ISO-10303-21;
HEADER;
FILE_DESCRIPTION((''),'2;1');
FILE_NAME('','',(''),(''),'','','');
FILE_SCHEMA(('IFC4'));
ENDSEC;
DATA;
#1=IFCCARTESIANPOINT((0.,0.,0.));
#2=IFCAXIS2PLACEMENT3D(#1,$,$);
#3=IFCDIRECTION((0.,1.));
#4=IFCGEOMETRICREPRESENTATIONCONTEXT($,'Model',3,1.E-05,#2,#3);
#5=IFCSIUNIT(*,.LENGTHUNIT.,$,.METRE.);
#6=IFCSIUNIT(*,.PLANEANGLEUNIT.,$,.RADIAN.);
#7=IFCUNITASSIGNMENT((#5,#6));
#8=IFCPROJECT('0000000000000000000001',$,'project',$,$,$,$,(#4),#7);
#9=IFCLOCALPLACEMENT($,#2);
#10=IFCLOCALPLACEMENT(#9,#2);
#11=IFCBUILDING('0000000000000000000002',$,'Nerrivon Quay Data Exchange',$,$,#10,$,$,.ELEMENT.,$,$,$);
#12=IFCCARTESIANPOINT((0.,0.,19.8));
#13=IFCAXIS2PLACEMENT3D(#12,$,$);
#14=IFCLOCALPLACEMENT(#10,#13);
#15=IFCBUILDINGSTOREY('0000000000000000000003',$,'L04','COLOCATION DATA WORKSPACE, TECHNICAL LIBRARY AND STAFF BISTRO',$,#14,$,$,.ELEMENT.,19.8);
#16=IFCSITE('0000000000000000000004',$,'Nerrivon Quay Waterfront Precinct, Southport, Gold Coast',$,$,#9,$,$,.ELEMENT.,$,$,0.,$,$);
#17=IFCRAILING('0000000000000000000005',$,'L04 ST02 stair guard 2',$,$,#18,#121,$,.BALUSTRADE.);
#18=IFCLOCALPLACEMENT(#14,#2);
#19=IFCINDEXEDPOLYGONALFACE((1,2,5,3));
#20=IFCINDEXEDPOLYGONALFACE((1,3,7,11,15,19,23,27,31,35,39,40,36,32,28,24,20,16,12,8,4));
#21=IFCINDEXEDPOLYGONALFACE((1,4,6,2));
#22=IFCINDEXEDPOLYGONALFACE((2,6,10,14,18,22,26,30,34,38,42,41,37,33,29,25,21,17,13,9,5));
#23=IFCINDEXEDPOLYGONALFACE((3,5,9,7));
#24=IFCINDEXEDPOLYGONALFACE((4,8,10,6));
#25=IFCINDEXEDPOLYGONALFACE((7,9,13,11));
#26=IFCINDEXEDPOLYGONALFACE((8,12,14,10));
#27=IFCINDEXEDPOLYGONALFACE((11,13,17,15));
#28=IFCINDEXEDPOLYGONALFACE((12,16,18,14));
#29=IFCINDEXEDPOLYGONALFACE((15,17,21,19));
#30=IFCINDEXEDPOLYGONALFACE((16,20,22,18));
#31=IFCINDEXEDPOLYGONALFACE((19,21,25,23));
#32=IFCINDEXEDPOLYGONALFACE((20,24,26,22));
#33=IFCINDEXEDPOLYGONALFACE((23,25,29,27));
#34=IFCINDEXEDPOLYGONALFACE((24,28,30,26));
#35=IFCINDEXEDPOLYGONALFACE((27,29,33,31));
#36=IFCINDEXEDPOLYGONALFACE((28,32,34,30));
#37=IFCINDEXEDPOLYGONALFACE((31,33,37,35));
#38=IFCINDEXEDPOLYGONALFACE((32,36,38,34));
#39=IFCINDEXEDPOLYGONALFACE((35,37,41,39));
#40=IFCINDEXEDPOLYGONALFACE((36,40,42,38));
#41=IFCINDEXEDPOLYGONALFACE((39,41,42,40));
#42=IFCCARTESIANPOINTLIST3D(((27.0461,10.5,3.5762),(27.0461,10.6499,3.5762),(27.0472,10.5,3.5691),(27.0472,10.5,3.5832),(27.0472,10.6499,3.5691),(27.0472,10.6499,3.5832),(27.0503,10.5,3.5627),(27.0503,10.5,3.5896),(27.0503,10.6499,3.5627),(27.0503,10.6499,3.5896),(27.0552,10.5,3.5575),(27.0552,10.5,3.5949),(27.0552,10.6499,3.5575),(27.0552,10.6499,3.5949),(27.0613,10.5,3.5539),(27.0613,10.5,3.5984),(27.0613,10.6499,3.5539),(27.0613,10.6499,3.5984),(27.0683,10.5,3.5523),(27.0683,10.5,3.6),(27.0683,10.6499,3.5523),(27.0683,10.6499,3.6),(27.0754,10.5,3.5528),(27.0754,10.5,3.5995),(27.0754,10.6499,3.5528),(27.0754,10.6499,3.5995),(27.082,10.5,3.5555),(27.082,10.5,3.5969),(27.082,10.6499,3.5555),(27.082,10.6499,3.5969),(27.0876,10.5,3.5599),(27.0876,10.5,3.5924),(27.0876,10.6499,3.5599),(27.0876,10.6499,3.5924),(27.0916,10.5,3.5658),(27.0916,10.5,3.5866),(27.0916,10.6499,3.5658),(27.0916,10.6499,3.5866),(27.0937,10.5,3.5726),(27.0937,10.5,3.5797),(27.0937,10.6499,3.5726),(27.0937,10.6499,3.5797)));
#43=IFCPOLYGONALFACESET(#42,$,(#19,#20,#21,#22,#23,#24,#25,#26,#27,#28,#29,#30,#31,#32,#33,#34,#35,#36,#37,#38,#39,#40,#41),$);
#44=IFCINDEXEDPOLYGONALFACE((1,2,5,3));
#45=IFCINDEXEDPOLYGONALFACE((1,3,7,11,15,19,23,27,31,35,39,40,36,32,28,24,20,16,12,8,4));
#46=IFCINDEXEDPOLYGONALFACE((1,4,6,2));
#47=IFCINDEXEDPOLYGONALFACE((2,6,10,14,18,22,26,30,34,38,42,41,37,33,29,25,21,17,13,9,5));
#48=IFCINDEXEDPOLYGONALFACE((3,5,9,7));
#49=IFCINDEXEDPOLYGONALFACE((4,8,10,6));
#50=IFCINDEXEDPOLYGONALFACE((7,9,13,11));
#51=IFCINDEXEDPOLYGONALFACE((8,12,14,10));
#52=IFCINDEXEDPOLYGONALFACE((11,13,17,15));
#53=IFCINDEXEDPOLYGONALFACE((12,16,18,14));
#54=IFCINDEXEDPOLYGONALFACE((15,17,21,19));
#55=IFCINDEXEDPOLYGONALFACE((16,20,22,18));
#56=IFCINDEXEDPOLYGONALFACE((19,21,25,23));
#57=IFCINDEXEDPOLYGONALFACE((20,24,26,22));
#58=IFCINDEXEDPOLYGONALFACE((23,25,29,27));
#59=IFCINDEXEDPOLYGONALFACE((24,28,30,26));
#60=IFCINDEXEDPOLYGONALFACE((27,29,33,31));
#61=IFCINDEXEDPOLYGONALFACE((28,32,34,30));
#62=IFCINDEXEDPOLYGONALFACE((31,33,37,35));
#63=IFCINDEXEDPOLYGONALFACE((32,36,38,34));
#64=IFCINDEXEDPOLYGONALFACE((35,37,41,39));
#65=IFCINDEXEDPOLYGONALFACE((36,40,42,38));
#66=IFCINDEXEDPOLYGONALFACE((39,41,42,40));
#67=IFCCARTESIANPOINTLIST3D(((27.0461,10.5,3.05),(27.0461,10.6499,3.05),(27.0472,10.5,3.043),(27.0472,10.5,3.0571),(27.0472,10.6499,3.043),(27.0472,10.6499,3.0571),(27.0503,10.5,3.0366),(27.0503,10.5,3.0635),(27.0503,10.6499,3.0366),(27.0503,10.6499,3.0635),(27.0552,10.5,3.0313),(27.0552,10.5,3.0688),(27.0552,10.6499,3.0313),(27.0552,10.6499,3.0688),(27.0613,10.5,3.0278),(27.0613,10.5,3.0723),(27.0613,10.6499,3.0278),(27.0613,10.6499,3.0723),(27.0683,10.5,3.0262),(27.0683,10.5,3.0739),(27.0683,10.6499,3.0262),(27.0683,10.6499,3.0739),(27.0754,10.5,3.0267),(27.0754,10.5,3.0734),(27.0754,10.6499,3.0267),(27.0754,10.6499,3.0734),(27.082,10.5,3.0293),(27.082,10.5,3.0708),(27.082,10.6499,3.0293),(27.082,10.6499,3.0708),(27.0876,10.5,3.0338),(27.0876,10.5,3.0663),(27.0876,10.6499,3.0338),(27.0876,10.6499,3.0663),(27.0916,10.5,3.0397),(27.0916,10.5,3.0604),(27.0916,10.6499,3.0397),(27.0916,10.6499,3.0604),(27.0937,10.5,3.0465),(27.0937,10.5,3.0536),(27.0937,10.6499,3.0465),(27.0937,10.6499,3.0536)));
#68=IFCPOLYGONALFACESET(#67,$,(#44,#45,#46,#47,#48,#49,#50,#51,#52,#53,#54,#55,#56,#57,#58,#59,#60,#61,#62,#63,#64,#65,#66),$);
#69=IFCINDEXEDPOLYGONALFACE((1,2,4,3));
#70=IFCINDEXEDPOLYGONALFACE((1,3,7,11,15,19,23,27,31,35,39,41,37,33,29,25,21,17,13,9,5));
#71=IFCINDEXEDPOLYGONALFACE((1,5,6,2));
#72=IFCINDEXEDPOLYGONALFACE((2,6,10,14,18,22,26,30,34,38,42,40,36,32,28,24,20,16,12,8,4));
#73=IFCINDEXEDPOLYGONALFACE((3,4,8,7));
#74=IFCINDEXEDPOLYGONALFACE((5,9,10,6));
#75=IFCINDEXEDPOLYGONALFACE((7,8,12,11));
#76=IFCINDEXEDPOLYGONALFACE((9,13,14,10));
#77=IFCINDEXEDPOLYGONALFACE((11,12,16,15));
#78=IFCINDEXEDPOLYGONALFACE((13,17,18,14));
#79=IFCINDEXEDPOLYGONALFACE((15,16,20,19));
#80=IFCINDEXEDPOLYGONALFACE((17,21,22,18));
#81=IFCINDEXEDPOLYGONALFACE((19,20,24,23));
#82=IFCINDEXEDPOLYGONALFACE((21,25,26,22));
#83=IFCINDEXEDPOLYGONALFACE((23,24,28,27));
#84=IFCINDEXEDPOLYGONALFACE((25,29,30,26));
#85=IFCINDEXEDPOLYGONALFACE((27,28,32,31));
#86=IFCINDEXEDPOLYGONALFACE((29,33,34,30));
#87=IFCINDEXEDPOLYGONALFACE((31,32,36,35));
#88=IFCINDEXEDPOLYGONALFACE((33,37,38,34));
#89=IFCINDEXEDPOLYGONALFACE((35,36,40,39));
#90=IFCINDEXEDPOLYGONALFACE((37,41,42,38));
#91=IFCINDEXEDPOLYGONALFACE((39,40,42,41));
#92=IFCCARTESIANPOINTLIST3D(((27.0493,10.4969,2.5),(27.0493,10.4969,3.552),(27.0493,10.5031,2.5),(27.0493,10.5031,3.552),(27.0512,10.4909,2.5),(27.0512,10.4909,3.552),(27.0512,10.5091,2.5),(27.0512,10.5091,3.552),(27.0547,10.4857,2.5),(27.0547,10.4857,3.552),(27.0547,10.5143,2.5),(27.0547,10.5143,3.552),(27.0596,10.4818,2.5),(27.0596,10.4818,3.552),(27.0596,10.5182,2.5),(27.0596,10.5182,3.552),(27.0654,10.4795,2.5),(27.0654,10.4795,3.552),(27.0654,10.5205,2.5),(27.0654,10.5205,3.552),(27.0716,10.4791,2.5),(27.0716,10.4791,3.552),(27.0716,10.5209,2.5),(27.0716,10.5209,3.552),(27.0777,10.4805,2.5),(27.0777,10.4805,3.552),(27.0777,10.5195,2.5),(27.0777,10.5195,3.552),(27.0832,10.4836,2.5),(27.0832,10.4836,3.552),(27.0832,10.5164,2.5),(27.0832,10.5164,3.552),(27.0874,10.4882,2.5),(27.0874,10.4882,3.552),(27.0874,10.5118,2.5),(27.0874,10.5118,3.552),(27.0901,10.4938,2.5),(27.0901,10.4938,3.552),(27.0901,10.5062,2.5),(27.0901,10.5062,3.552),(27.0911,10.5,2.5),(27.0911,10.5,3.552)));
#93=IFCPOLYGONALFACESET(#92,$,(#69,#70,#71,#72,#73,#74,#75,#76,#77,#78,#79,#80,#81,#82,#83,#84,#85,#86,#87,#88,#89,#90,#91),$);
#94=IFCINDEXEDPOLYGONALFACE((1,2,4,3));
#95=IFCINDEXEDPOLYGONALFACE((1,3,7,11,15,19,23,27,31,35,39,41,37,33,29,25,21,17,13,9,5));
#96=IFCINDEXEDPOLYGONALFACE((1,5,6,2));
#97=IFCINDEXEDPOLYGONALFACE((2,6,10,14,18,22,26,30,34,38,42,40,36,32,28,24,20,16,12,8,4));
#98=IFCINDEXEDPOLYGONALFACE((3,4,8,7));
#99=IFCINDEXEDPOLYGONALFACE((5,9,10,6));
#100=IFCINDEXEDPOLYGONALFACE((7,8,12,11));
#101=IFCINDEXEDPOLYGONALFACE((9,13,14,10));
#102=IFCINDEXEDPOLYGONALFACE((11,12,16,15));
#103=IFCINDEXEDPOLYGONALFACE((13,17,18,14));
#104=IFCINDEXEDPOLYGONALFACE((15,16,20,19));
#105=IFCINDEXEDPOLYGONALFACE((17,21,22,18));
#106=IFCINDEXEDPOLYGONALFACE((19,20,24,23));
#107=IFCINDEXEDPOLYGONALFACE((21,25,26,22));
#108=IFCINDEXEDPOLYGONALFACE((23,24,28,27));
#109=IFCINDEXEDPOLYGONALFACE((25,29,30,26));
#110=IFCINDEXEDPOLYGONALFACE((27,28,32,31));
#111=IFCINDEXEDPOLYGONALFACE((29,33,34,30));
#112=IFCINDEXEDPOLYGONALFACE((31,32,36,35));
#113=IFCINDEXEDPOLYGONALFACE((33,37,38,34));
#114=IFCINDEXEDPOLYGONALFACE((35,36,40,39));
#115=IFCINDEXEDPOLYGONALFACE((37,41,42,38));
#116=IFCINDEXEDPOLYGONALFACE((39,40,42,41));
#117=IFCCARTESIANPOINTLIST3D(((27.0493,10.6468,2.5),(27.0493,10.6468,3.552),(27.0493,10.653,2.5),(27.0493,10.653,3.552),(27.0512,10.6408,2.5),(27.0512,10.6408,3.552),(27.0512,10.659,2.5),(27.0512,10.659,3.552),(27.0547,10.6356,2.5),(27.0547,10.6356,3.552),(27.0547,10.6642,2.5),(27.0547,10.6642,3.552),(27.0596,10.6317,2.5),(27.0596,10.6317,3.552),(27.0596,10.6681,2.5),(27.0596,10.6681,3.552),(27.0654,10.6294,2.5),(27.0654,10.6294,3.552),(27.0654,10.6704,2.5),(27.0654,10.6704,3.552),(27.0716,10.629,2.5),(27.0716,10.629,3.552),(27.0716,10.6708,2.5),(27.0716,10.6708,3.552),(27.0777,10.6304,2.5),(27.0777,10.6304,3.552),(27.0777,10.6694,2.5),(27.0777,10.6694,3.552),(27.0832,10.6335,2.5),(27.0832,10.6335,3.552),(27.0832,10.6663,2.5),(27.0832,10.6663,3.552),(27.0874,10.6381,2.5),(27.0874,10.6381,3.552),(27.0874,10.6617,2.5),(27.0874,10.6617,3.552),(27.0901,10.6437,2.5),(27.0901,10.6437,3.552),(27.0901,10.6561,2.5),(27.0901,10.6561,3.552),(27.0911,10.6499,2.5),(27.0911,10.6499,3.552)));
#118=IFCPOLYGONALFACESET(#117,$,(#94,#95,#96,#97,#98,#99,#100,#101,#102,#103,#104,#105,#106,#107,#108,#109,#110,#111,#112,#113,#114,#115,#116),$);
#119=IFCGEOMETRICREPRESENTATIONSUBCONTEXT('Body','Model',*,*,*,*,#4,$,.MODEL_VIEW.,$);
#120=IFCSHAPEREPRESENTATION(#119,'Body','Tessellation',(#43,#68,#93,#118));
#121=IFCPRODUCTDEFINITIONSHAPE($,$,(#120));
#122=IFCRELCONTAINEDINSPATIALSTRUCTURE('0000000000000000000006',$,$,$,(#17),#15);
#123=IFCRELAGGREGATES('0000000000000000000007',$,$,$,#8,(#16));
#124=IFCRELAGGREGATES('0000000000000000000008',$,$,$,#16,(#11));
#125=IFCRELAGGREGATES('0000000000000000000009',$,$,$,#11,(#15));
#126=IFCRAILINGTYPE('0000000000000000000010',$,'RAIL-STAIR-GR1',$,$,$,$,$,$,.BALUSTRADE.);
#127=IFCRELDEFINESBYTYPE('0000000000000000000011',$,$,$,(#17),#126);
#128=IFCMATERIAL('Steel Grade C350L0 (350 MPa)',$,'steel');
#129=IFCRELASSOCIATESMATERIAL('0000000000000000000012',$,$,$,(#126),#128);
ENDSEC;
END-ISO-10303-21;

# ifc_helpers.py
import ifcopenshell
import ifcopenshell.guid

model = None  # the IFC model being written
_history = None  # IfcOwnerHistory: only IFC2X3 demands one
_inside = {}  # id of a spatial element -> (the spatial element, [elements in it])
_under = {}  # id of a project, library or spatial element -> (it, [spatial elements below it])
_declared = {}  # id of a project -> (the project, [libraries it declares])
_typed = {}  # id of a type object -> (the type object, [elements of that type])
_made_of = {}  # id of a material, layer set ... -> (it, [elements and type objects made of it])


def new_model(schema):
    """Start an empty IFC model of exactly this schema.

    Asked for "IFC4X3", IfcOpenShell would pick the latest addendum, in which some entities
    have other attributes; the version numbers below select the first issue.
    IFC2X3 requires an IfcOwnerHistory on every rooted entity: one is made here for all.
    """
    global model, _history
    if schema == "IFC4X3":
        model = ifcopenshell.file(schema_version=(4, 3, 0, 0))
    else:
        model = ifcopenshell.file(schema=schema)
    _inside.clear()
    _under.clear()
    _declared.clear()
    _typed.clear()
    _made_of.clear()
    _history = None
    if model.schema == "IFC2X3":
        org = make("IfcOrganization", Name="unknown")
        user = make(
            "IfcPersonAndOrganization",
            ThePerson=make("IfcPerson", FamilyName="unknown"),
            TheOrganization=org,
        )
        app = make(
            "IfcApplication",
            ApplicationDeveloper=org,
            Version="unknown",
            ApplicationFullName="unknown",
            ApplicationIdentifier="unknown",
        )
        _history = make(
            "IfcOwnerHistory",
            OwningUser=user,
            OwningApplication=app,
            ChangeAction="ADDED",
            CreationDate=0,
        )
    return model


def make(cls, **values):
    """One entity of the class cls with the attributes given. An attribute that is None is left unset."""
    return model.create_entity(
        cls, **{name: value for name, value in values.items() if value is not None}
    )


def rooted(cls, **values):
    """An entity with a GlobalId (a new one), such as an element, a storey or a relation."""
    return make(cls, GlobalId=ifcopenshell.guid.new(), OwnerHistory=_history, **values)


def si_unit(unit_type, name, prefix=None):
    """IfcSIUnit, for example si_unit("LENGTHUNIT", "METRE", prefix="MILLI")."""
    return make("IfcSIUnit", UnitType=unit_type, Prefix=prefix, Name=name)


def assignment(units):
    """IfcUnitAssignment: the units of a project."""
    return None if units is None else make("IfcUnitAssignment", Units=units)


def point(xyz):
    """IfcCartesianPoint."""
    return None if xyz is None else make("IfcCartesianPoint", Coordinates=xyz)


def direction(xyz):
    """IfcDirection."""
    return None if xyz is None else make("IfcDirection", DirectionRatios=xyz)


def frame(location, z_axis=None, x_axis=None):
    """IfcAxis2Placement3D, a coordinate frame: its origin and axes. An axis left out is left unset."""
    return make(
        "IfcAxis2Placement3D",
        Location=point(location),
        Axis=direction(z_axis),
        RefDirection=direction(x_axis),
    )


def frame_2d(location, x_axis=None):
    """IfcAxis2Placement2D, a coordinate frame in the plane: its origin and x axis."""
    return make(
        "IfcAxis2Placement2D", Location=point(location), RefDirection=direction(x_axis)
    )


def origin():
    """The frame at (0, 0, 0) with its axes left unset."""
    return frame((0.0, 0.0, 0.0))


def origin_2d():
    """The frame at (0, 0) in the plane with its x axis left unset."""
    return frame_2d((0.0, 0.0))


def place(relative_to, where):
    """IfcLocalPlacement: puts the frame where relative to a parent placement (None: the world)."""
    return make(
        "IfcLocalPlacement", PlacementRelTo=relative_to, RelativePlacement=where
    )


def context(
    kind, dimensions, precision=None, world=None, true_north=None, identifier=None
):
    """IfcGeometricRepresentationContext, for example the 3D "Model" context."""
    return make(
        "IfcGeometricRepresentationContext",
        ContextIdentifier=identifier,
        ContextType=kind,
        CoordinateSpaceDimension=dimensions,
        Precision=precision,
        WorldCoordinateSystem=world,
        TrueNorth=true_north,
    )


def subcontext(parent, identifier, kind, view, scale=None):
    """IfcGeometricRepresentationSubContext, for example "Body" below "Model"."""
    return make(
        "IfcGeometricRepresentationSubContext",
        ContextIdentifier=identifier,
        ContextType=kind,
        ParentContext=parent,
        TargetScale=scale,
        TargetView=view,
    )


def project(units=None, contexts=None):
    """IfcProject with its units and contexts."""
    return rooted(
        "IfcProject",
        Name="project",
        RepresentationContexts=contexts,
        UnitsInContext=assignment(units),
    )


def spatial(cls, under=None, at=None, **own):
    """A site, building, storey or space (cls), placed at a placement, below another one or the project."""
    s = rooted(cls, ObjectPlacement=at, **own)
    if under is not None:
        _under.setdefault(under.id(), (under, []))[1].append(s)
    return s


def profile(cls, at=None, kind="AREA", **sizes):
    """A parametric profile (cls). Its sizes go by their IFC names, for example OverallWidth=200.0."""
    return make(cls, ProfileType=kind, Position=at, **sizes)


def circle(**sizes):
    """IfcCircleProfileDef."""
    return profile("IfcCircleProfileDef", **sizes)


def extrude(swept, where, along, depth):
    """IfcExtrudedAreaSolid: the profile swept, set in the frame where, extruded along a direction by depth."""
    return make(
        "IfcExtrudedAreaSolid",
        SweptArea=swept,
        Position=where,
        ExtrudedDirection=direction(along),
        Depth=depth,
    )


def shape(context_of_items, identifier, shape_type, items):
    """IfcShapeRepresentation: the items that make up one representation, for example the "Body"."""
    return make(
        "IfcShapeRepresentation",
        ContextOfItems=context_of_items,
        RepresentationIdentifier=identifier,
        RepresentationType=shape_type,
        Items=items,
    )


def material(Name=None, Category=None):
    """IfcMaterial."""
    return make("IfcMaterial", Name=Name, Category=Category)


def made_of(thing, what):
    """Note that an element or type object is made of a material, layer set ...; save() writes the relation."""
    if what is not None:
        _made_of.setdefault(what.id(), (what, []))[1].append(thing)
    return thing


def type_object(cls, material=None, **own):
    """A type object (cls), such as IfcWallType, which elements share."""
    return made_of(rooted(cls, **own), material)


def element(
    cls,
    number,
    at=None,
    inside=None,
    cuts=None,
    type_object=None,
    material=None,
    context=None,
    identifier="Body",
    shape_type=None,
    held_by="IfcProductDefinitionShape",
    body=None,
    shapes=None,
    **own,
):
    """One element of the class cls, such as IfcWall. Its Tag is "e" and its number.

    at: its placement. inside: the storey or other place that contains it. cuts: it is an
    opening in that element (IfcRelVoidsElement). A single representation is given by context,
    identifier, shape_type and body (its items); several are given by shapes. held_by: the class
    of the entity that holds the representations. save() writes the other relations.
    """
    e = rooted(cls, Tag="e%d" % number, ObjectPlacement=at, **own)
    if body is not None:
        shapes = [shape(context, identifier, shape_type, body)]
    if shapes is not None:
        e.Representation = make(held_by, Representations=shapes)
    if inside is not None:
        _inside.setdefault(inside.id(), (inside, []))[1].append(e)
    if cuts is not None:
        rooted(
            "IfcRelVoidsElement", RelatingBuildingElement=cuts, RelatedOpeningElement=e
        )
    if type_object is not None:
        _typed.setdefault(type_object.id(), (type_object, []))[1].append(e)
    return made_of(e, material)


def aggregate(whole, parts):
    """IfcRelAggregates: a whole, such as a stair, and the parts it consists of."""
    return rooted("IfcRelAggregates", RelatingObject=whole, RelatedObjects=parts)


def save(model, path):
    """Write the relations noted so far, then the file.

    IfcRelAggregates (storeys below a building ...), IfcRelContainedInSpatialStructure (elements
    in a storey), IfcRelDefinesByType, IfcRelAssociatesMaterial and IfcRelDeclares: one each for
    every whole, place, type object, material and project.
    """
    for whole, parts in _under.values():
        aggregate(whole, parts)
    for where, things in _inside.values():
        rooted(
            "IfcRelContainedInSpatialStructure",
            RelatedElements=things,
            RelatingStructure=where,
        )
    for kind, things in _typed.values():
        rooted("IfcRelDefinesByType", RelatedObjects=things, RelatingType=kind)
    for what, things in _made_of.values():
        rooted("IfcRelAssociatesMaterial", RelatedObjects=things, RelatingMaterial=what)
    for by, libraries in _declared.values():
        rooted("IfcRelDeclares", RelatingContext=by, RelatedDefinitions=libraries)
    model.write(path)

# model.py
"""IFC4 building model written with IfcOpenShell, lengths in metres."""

from ifc_helpers import new_model, si_unit, direction, frame, origin, origin_2d, place, context, subcontext, project, spatial, circle, extrude, material, type_object, element, save


model = new_model("IFC4")

# Units and contexts
model_context = context("Model", 3, precision=1e-05, world=origin(), true_north=direction((0.0, 1.0)))
body_context = subcontext(model_context, "Body", "Model", "MODEL_VIEW")
ifc_project = project(units=[si_unit("LENGTHUNIT", "METRE"), si_unit("PLANEANGLEUNIT", "RADIAN")], contexts=[model_context])

# Site, building, storey
site_placement = place(None, origin())
site = spatial("IfcSite", under=ifc_project, at=site_placement, Name="Nerrivon Quay Waterfront Precinct, Southport, Gold Coast", CompositionType="ELEMENT", RefElevation=0.0)
building_placement = place(site_placement, origin())
building = spatial("IfcBuilding", under=site, at=building_placement, Name="Nerrivon Quay Data Exchange", CompositionType="ELEMENT")
storey_placement = place(building_placement, frame((0.0, 0.0, 19.8)))
storey = spatial("IfcBuildingStorey", under=building, at=storey_placement, Name="L04", Description="COLOCATION DATA WORKSPACE, TECHNICAL LIBRARY AND STAFF BISTRO", CompositionType="ELEMENT", Elevation=19.8)

# Railing
ifc_material_1 = material(Name="Steel Grade C350L0 (350 MPa)", Category="steel")
railing_type_1 = type_object("IfcRailingType", Name="RAIL-STAIR-GR1", PredefinedType="BALUSTRADE", material=ifc_material_1)
railing_1_placement = place(storey_placement, frame((27.0701, 10.5, 2.5)))
element("IfcRailing", 1, at=railing_1_placement, inside=storey, type_object=railing_type_1, Name="L04 ST02 stair guard 2", PredefinedType="BALUSTRADE", context=body_context, shape_type="SweptSolid", body=[
    extrude(circle(Radius=0.0239, at=origin_2d()), frame((0.0, 0.0, 1.0762), z_axis=(0.0, 1.0, 0.0), x_axis=(-1.0, 0.0, 0.0)), (0.0, 0.0, 1.0), 0.1499),
    extrude(circle(Radius=0.0239, at=origin_2d()), frame((0.0, 0.0, 0.55), z_axis=(0.0, 1.0, 0.0), x_axis=(-1.0, 0.0, 0.0)), (0.0, 0.0, 1.0), 0.1499),
    extrude(circle(Radius=0.021, at=origin_2d()), origin(), (0.0, 0.0, 1.0), 1.052),
    extrude(circle(Radius=0.021, at=origin_2d()), frame((0.0, 0.1499, 0.0)), (0.0, 0.0, 1.0), 1.052),
])

save(model, "model.ifc")
